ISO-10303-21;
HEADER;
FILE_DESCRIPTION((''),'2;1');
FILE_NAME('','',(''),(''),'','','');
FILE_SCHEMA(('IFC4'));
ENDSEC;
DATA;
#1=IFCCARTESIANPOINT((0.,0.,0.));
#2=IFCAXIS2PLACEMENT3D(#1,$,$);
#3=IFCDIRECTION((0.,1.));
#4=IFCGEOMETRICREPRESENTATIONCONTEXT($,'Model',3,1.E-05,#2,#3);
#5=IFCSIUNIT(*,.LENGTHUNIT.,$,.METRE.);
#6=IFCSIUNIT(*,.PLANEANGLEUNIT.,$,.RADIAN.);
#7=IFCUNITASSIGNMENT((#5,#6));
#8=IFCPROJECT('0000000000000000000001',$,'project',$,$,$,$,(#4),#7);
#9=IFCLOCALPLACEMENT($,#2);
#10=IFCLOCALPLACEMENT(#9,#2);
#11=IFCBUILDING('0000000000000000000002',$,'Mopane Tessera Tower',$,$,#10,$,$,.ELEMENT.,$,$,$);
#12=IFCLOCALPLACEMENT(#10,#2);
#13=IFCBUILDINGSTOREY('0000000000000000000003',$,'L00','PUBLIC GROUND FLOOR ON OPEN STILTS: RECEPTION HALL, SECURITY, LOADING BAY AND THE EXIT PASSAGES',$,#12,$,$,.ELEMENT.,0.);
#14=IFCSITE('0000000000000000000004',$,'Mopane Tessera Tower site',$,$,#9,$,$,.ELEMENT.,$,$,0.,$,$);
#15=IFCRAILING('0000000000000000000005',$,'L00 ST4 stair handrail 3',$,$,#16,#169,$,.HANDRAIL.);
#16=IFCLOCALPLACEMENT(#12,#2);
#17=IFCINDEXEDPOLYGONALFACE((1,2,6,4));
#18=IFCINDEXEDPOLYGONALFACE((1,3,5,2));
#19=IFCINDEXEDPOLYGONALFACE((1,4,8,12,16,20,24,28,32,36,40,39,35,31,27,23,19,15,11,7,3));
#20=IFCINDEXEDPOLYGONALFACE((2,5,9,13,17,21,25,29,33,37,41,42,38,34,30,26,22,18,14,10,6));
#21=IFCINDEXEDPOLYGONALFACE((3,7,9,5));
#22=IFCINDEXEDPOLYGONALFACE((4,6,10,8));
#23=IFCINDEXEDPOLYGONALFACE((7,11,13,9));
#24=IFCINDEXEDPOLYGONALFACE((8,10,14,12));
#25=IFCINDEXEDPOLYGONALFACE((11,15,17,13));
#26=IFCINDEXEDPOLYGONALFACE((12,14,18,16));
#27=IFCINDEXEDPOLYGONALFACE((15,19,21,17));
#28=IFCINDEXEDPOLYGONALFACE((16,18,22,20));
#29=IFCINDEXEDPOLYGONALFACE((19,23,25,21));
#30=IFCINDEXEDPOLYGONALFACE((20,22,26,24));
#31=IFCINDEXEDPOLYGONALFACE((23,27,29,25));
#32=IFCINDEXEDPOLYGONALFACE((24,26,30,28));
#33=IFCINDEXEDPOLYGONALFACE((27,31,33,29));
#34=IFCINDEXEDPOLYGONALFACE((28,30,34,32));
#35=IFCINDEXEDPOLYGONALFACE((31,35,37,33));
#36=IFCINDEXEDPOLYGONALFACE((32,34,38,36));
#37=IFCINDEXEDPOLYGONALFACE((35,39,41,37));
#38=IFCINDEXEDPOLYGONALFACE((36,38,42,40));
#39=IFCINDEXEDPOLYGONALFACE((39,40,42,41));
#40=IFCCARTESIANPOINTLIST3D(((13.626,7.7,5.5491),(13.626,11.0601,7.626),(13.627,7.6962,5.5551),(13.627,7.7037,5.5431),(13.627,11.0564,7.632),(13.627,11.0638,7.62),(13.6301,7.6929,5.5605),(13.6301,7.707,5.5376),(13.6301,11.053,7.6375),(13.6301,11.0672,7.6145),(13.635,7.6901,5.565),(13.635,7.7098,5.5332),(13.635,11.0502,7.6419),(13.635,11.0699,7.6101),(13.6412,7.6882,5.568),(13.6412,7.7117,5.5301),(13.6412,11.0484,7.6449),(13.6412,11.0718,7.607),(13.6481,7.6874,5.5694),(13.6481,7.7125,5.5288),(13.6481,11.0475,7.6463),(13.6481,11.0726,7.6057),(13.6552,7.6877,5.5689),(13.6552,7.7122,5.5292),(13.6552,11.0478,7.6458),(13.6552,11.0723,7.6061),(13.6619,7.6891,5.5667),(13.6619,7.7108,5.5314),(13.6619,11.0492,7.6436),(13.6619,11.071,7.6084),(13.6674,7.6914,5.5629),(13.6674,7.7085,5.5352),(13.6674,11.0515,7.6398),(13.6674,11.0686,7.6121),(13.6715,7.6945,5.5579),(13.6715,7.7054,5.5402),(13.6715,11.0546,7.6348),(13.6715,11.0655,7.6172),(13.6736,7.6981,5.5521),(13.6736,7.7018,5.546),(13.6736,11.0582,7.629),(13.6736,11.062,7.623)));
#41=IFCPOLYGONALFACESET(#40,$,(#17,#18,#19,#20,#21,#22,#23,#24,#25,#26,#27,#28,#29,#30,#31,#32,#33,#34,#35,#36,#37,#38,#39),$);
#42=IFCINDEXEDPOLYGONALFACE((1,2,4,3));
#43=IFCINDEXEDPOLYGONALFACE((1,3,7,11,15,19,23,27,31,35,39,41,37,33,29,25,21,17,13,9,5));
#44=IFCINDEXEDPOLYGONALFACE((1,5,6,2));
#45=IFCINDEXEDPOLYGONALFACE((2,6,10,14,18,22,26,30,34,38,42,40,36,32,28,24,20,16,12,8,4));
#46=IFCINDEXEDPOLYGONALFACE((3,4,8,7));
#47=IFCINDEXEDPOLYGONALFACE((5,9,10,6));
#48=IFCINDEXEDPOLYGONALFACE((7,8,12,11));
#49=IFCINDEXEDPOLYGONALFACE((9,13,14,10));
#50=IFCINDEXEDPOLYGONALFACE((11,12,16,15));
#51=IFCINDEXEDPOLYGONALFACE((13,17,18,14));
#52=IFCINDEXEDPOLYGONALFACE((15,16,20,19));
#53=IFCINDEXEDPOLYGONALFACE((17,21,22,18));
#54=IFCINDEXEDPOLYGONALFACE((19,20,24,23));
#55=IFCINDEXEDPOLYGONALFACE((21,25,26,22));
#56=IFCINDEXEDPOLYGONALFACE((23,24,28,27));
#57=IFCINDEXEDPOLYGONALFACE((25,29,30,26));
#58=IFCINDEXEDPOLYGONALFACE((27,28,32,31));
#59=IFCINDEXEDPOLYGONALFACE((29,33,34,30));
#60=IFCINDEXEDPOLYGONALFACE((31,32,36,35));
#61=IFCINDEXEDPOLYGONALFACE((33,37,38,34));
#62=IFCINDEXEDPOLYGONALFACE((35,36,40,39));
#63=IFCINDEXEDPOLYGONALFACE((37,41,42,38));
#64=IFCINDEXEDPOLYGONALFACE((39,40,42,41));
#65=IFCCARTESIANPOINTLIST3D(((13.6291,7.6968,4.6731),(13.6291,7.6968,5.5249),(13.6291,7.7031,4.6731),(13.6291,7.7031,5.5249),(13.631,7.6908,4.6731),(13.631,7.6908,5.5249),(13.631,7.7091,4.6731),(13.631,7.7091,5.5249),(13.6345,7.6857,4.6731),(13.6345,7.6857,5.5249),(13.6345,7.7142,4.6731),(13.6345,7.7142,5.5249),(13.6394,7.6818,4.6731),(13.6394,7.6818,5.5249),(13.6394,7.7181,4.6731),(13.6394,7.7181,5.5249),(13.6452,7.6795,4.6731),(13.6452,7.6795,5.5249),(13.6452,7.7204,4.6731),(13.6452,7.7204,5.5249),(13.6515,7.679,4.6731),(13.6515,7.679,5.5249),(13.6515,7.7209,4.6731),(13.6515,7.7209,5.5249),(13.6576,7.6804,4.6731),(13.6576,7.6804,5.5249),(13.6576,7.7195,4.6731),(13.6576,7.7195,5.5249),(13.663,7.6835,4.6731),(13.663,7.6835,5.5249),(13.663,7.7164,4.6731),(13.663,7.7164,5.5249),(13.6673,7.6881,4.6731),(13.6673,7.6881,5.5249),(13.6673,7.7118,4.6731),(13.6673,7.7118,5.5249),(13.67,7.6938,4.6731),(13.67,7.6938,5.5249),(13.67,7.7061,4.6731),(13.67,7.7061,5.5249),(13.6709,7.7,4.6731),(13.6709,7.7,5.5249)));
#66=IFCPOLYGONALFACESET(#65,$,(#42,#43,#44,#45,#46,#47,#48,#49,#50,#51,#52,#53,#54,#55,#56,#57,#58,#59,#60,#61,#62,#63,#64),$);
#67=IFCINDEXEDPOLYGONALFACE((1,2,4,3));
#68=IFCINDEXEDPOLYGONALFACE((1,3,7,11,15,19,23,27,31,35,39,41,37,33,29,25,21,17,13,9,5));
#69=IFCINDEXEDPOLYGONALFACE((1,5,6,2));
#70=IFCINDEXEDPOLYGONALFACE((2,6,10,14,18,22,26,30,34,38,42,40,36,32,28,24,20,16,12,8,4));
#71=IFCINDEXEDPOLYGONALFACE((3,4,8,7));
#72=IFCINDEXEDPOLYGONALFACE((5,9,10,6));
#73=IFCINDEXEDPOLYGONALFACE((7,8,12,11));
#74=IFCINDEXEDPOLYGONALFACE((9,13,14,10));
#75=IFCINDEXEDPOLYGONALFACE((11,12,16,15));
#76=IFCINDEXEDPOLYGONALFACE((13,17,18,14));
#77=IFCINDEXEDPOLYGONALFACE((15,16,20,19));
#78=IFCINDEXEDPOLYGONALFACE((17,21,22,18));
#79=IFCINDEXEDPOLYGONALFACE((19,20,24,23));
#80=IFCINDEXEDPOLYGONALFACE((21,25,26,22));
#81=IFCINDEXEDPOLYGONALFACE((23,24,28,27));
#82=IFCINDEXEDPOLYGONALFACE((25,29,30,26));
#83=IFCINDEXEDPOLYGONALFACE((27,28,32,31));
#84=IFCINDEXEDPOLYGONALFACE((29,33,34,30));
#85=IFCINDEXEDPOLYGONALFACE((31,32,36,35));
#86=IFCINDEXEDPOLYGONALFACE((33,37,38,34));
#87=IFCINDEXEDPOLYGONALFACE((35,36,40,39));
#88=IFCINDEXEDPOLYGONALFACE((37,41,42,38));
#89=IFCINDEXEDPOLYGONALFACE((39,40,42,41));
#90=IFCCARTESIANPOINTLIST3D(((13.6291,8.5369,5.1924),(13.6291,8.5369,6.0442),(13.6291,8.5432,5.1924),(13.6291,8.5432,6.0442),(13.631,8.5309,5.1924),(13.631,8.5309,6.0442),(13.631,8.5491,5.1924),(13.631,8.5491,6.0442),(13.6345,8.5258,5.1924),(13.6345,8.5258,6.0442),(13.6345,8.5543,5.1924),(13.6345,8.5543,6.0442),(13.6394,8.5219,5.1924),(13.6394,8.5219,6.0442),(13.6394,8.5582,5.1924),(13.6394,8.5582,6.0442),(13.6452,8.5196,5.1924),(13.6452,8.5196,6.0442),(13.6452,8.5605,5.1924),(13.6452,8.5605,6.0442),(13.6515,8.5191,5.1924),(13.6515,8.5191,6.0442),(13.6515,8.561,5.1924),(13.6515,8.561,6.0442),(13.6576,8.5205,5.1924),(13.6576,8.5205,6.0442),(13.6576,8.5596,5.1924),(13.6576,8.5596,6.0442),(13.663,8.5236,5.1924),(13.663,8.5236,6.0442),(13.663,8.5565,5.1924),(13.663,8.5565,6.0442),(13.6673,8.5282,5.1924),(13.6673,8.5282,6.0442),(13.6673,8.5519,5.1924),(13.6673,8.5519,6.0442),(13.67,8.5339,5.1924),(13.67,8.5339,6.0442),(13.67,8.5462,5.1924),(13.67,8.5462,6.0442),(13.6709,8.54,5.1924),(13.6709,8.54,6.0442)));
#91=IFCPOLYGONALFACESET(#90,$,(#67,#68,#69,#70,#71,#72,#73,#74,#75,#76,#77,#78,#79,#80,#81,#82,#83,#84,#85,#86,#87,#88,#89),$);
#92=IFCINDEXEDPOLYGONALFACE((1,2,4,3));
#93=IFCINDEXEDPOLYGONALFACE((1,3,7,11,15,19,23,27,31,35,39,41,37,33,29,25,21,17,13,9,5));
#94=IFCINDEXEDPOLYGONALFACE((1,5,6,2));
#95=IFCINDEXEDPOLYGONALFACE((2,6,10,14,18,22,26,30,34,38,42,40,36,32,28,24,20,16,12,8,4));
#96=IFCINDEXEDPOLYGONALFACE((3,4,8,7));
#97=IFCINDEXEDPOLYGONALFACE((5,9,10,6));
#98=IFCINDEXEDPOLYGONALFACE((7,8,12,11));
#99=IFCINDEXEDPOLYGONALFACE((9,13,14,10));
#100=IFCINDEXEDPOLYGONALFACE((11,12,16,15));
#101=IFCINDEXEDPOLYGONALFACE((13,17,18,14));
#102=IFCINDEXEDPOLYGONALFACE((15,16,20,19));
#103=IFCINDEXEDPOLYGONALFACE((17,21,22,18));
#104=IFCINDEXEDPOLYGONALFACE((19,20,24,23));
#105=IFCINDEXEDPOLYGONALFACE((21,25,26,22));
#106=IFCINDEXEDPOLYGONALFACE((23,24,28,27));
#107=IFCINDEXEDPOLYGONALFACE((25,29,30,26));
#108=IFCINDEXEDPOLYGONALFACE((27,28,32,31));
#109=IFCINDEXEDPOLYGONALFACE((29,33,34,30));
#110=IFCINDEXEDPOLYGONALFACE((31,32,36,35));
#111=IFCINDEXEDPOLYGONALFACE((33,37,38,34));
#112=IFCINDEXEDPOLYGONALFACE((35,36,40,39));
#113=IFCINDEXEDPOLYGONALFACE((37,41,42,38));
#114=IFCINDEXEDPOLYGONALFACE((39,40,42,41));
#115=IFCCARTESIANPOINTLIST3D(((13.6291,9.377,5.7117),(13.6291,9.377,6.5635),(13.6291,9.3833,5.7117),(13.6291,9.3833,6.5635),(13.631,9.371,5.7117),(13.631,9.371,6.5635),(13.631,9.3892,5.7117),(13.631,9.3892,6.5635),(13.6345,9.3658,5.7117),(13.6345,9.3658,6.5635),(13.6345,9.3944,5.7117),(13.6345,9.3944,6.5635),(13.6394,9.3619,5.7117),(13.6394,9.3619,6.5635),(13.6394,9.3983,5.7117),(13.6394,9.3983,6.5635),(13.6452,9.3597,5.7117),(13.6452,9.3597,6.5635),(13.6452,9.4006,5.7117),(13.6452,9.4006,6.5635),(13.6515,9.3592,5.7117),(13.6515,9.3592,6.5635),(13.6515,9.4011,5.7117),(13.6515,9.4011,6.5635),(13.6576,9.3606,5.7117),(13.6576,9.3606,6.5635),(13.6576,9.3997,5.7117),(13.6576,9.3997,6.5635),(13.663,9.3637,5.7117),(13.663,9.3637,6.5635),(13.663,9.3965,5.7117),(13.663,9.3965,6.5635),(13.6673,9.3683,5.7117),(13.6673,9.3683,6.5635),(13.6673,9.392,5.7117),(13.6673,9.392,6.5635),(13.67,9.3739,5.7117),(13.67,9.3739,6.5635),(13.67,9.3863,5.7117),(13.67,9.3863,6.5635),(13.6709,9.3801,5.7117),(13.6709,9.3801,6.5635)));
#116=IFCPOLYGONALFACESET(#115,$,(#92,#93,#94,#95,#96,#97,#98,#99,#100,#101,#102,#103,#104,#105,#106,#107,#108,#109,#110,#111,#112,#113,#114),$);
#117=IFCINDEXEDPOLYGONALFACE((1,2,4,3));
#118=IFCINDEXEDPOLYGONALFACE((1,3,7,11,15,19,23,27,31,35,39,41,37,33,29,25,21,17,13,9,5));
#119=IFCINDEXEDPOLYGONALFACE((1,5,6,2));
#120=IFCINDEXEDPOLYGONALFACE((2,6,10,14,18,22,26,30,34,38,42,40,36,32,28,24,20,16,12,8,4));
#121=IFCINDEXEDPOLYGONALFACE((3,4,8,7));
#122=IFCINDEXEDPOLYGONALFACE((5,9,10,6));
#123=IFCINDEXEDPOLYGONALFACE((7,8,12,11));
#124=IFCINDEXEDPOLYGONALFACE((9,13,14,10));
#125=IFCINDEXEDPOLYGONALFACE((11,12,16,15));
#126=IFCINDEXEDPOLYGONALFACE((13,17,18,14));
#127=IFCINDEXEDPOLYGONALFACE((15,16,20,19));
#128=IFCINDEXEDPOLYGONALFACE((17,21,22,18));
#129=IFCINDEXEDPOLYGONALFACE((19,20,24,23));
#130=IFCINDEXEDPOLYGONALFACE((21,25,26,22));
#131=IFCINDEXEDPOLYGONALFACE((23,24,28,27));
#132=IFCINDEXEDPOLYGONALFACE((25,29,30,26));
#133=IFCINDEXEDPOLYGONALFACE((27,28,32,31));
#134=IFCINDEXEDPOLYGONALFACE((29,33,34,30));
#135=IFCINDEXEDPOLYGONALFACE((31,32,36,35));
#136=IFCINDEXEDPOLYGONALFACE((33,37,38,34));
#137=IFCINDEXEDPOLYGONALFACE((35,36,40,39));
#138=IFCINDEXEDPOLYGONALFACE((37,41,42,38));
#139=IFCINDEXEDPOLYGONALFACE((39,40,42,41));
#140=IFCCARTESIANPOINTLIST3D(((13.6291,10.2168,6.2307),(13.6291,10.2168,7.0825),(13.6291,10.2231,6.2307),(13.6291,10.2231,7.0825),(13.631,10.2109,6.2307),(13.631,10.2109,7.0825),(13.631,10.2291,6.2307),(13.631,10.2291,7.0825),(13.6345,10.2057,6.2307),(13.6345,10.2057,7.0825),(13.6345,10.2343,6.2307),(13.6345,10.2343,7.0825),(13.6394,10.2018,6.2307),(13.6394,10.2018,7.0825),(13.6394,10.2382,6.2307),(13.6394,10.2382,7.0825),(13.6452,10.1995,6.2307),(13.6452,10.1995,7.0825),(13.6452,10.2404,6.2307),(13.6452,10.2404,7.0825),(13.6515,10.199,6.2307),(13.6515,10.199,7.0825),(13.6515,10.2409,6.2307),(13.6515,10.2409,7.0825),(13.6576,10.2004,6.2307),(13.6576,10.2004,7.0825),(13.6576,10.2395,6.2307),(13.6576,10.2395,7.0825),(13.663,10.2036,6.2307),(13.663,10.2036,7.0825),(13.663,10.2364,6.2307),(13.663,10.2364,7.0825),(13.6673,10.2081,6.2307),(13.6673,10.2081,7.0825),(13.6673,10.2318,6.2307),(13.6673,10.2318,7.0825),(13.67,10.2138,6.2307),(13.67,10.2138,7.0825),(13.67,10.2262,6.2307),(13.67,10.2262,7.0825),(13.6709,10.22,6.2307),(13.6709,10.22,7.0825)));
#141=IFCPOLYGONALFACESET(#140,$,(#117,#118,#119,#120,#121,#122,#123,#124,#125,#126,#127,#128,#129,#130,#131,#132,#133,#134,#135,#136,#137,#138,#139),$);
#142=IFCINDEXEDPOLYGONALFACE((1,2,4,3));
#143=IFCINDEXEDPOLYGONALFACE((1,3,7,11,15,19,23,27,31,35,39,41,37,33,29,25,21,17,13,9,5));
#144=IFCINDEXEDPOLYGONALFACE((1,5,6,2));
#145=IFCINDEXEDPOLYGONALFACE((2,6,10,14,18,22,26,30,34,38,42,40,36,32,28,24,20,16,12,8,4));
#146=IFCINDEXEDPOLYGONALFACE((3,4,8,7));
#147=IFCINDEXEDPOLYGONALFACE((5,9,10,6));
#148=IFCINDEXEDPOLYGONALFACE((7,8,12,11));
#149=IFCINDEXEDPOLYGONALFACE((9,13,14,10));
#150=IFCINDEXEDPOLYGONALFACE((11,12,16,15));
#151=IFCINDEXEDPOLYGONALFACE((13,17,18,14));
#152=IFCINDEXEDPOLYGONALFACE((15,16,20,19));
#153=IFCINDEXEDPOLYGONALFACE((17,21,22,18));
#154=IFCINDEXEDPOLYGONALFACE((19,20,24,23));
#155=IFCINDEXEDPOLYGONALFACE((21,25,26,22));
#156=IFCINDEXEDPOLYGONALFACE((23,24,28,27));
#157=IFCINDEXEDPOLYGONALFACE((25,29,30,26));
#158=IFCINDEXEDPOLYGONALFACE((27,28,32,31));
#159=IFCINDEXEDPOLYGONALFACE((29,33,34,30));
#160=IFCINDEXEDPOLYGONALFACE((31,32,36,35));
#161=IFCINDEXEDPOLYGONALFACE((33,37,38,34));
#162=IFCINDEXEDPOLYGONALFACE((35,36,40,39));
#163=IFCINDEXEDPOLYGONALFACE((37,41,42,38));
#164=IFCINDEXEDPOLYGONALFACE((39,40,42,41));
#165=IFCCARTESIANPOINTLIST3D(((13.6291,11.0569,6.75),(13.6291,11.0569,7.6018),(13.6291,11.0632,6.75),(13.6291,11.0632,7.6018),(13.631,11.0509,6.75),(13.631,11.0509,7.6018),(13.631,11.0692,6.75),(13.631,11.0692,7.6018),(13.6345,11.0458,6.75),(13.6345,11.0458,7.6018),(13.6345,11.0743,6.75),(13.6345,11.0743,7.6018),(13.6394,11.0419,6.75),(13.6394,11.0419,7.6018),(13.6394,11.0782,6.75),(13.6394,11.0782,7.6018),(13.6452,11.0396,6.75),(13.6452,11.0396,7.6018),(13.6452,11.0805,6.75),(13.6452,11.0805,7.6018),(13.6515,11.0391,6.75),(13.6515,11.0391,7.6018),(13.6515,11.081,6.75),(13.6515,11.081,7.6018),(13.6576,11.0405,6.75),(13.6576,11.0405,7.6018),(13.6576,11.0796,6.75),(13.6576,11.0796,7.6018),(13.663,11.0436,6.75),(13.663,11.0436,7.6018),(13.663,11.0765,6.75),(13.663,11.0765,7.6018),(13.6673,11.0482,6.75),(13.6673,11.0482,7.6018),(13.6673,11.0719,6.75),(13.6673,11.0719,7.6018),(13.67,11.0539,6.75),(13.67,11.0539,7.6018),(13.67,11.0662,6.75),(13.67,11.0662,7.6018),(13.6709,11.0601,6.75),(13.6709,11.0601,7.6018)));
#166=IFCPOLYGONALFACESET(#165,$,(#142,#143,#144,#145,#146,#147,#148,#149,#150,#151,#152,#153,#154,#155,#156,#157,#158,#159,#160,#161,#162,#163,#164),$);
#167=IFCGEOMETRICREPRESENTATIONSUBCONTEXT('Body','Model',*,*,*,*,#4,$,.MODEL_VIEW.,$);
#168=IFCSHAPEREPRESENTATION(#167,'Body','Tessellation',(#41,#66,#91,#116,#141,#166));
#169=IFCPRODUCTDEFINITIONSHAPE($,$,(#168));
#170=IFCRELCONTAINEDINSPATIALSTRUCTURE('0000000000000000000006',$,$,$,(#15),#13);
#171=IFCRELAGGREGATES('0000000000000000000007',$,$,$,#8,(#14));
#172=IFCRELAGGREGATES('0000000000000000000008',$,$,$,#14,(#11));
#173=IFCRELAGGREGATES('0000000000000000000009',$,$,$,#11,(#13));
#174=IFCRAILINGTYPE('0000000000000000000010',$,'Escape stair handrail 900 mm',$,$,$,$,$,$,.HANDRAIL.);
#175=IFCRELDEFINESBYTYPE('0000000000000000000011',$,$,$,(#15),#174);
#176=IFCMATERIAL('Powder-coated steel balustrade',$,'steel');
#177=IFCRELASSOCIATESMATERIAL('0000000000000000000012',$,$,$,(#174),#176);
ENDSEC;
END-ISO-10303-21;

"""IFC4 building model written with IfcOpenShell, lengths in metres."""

from ifc_helpers import new_model, si_unit, direction, frame, origin, origin_2d, place, context, subcontext, project, spatial, circle, extrude, material, type_object, element, save


model = new_model("IFC4")

# Units and contexts
model_context = context("Model", 3, precision=1e-05, world=origin(), true_north=direction((0.0, 1.0)))
body_context = subcontext(model_context, "Body", "Model", "MODEL_VIEW")
ifc_project = project(units=[si_unit("LENGTHUNIT", "METRE"), si_unit("PLANEANGLEUNIT", "RADIAN")], contexts=[model_context])

# Site, building, storey
site_placement = place(None, origin())
site = spatial("IfcSite", under=ifc_project, at=site_placement, Name="Mopane Tessera Tower site", CompositionType="ELEMENT", RefElevation=0.0)
building_placement = place(site_placement, origin())
building = spatial("IfcBuilding", under=site, at=building_placement, Name="Mopane Tessera Tower", CompositionType="ELEMENT")
storey_placement = place(building_placement, origin())
storey = spatial("IfcBuildingStorey", under=building, at=storey_placement, Name="L00", Description="PUBLIC GROUND FLOOR ON OPEN STILTS: RECEPTION HALL, SECURITY, LOADING BAY AND THE EXIT PASSAGES", CompositionType="ELEMENT", Elevation=0.0)

# Railing
ifc_material_1 = material(Name="Powder-coated steel balustrade", Category="steel")
railing_type_1 = type_object("IfcRailingType", Name="Escape stair handrail 900 mm", PredefinedType="HANDRAIL", material=ifc_material_1)
for number, where, name in (
    (1, (13.6499, 7.7, 4.6731), "L00 ST4 stair handrail 3"),
):
    element("IfcRailing", number, at=place(storey_placement, frame(where)), inside=storey, type_object=railing_type_1, Name=name, PredefinedType="HANDRAIL", context=body_context, shape_type="SweptSolid", body=[
        extrude(circle(Radius=0.0239, at=origin_2d()), frame((0.0, 0.0, 0.876), z_axis=(0.0, 0.850623, 0.525776), x_axis=(-1.0, 0.0, 0.0)), (0.0, 0.0, 1.0), 3.9502),
        extrude(circle(Radius=0.021, at=origin_2d()), origin(), (0.0, 0.0, 1.0), 0.8518),
        extrude(circle(Radius=0.021, at=origin_2d()), frame((0.0, 0.8401, 0.5193)), (0.0, 0.0, 1.0), 0.8518),
        extrude(circle(Radius=0.021, at=origin_2d()), frame((0.0, 1.6802, 1.0386)), (0.0, 0.0, 1.0), 0.8518),
        extrude(circle(Radius=0.021, at=origin_2d()), frame((0.0, 2.52, 1.5576)), (0.0, 0.0, 1.0), 0.8518),
        extrude(circle(Radius=0.021, at=origin_2d()), frame((0.0, 3.3601, 2.0769)), (0.0, 0.0, 1.0), 0.8518),
    ])

save(model, "model.ifc")
